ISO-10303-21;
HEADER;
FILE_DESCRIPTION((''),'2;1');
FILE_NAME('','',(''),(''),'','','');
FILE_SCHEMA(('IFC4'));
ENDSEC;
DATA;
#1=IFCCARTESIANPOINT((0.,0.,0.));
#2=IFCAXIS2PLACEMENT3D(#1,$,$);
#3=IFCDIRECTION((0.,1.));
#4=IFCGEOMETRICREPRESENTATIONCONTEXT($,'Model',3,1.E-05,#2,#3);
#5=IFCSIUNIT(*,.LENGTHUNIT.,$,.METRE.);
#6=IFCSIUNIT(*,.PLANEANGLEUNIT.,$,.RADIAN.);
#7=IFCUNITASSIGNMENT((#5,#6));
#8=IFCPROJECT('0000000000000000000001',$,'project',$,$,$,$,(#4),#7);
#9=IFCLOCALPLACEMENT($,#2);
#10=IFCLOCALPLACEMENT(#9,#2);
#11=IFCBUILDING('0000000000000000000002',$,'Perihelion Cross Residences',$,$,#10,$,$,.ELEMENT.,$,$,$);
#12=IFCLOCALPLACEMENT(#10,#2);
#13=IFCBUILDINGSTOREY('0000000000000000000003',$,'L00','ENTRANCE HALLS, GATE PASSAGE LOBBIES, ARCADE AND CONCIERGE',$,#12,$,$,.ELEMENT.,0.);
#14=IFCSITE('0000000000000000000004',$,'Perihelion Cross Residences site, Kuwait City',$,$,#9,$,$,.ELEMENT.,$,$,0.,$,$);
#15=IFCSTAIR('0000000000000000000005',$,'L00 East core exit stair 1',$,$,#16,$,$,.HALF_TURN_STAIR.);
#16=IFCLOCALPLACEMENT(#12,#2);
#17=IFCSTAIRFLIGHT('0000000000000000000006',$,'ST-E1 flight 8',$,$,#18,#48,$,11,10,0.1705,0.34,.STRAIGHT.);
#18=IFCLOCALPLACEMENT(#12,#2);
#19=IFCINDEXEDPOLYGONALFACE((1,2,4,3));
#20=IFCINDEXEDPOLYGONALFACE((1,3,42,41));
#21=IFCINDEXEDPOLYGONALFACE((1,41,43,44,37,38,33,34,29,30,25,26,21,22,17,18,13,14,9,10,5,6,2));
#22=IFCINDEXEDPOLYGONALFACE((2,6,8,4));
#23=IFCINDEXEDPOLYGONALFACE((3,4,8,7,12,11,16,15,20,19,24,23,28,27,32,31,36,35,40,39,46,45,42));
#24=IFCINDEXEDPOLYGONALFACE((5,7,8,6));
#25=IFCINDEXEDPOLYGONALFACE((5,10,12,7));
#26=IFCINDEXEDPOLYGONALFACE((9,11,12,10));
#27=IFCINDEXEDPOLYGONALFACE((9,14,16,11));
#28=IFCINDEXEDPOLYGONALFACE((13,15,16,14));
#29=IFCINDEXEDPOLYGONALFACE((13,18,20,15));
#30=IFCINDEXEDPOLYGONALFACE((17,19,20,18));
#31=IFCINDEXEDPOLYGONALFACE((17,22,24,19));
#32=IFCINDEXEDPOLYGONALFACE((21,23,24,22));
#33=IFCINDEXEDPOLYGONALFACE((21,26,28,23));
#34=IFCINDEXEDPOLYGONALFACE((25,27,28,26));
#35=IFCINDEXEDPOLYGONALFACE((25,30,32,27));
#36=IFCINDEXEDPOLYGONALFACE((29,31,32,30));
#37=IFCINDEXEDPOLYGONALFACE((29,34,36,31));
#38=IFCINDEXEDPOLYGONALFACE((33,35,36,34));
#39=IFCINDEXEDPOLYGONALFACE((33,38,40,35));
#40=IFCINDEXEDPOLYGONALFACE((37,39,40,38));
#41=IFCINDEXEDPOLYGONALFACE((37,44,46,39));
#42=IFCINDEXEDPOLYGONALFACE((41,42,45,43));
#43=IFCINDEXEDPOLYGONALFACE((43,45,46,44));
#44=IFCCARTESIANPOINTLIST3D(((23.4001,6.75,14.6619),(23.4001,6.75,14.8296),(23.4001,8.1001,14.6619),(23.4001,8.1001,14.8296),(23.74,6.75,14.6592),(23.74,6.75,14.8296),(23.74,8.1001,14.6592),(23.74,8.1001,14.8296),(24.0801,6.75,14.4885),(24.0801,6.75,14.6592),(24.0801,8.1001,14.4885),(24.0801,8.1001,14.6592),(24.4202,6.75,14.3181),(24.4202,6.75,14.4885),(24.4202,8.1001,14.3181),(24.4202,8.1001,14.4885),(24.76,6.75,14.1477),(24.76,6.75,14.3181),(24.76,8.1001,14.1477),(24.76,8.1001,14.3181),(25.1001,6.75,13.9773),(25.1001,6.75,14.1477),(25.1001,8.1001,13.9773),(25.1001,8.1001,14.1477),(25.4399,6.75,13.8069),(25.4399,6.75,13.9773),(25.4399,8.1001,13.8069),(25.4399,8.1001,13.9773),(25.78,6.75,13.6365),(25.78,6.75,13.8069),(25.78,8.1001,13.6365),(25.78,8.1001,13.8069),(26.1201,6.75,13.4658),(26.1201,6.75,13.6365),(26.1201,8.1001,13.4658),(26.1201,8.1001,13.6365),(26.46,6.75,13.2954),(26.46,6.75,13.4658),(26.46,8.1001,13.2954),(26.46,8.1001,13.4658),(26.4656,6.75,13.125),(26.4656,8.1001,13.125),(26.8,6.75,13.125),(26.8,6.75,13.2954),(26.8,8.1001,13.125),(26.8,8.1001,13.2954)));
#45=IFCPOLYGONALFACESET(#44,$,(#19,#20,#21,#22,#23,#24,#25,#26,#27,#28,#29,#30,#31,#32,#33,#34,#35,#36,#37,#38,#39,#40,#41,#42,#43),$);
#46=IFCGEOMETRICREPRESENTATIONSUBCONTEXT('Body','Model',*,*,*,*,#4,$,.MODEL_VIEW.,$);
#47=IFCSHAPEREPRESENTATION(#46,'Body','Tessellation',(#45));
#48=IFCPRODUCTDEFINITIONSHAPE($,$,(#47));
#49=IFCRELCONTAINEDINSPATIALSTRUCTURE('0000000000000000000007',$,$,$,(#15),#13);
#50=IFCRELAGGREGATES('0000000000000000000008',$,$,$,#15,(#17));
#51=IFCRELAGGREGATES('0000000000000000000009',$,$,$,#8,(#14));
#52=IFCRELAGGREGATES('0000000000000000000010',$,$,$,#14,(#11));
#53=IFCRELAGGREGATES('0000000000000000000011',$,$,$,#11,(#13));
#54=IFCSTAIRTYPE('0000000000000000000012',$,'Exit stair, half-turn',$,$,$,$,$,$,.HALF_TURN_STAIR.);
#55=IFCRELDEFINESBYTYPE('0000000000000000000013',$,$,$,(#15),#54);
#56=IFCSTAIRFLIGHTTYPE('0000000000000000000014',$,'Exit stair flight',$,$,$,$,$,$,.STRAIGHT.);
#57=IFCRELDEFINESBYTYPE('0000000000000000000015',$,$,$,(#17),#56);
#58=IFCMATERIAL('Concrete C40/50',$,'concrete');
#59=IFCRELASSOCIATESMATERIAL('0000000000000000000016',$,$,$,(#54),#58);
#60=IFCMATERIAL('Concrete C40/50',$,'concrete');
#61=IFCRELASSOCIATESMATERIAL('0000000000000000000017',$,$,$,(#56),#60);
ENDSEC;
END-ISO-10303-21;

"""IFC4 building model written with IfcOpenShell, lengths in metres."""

from ifc_helpers import new_model, si_unit, direction, frame, origin, place, context, subcontext, project, spatial, polyline, outline, extrude, material, type_object, element, aggregate, save


model = new_model("IFC4")

# Units and contexts
model_context = context("Model", 3, precision=1e-05, world=origin(), true_north=direction((0.0, 1.0)))
body_context = subcontext(model_context, "Body", "Model", "MODEL_VIEW")
ifc_project = project(units=[si_unit("LENGTHUNIT", "METRE"), si_unit("PLANEANGLEUNIT", "RADIAN")], contexts=[model_context])

# Site, building, storey
site_placement = place(None, origin())
site = spatial("IfcSite", under=ifc_project, at=site_placement, Name="Perihelion Cross Residences site, Kuwait City", CompositionType="ELEMENT", RefElevation=0.0)
building_placement = place(site_placement, origin())
building = spatial("IfcBuilding", under=site, at=building_placement, Name="Perihelion Cross Residences", CompositionType="ELEMENT")
storey_placement = place(building_placement, origin())
storey = spatial("IfcBuildingStorey", under=building, at=storey_placement, Name="L00", Description="ENTRANCE HALLS, GATE PASSAGE LOBBIES, ARCADE AND CONCIERGE", CompositionType="ELEMENT", Elevation=0.0)

# Stair, stair flight
ifc_material_1 = material(Name="Concrete C40/50", Category="concrete")
stair_type = type_object("IfcStairType", Name="Exit stair, half-turn", PredefinedType="HALF_TURN_STAIR", material=ifc_material_1)
stair_placement = place(storey_placement, origin())
stair = element("IfcStair", 1, at=stair_placement, inside=storey, type_object=stair_type, Name="L00 East core exit stair 1", PredefinedType="HALF_TURN_STAIR")
ifc_material_2 = material(Name="Concrete C40/50", Category="concrete")
stair_flight_type = type_object("IfcStairFlightType", Name="Exit stair flight", PredefinedType="STRAIGHT", material=ifc_material_2)
stair_flight_1_placement = place(storey_placement, frame((26.8, 7.425, 13.125), z_axis=(0.0, 0.0, 1.0), x_axis=(-1.0, 0.0, 0.0)))
stair_flight_1 = element("IfcStairFlight", 2, at=stair_flight_1_placement, type_object=stair_flight_type, Name="ST-E1 flight 8", NumberOfRisers=11, NumberOfTreads=10, PredefinedType="STRAIGHT", RiserHeight=0.1705, TreadLength=0.34, context=body_context, shape_type="SweptSolid", body=[
    extrude(outline(polyline([(0.0, 0.0), (0.0, 0.1704), (0.3401, 0.1704), (0.3401, 0.3408), (0.6799, 0.3408), (0.6799, 0.5115), (1.02, 0.5115), (1.02, 0.6819), (1.3601, 0.6819), (1.3601, 0.8523), (1.7, 0.8523), (1.7, 1.0227), (2.04, 1.0227), (2.04, 1.1931), (2.3799, 1.1931), (2.3799, 1.3635), (2.72, 1.3635), (2.72, 1.5342), (3.0601, 1.5342), (3.0601, 1.7046), (3.3999, 1.7046), (3.3999, 1.875), (3.3999, 1.5369), (0.3345, 0.0), (0.0, 0.0)])), frame((0.0, 0.675, 0.0), z_axis=(0.0, -1.0, 0.0), x_axis=(1.0, 0.0, 0.0)), (0.0, 0.0, 1.0), 1.3501),
])
aggregate(stair, [stair_flight_1])

save(model, "model.ifc")
